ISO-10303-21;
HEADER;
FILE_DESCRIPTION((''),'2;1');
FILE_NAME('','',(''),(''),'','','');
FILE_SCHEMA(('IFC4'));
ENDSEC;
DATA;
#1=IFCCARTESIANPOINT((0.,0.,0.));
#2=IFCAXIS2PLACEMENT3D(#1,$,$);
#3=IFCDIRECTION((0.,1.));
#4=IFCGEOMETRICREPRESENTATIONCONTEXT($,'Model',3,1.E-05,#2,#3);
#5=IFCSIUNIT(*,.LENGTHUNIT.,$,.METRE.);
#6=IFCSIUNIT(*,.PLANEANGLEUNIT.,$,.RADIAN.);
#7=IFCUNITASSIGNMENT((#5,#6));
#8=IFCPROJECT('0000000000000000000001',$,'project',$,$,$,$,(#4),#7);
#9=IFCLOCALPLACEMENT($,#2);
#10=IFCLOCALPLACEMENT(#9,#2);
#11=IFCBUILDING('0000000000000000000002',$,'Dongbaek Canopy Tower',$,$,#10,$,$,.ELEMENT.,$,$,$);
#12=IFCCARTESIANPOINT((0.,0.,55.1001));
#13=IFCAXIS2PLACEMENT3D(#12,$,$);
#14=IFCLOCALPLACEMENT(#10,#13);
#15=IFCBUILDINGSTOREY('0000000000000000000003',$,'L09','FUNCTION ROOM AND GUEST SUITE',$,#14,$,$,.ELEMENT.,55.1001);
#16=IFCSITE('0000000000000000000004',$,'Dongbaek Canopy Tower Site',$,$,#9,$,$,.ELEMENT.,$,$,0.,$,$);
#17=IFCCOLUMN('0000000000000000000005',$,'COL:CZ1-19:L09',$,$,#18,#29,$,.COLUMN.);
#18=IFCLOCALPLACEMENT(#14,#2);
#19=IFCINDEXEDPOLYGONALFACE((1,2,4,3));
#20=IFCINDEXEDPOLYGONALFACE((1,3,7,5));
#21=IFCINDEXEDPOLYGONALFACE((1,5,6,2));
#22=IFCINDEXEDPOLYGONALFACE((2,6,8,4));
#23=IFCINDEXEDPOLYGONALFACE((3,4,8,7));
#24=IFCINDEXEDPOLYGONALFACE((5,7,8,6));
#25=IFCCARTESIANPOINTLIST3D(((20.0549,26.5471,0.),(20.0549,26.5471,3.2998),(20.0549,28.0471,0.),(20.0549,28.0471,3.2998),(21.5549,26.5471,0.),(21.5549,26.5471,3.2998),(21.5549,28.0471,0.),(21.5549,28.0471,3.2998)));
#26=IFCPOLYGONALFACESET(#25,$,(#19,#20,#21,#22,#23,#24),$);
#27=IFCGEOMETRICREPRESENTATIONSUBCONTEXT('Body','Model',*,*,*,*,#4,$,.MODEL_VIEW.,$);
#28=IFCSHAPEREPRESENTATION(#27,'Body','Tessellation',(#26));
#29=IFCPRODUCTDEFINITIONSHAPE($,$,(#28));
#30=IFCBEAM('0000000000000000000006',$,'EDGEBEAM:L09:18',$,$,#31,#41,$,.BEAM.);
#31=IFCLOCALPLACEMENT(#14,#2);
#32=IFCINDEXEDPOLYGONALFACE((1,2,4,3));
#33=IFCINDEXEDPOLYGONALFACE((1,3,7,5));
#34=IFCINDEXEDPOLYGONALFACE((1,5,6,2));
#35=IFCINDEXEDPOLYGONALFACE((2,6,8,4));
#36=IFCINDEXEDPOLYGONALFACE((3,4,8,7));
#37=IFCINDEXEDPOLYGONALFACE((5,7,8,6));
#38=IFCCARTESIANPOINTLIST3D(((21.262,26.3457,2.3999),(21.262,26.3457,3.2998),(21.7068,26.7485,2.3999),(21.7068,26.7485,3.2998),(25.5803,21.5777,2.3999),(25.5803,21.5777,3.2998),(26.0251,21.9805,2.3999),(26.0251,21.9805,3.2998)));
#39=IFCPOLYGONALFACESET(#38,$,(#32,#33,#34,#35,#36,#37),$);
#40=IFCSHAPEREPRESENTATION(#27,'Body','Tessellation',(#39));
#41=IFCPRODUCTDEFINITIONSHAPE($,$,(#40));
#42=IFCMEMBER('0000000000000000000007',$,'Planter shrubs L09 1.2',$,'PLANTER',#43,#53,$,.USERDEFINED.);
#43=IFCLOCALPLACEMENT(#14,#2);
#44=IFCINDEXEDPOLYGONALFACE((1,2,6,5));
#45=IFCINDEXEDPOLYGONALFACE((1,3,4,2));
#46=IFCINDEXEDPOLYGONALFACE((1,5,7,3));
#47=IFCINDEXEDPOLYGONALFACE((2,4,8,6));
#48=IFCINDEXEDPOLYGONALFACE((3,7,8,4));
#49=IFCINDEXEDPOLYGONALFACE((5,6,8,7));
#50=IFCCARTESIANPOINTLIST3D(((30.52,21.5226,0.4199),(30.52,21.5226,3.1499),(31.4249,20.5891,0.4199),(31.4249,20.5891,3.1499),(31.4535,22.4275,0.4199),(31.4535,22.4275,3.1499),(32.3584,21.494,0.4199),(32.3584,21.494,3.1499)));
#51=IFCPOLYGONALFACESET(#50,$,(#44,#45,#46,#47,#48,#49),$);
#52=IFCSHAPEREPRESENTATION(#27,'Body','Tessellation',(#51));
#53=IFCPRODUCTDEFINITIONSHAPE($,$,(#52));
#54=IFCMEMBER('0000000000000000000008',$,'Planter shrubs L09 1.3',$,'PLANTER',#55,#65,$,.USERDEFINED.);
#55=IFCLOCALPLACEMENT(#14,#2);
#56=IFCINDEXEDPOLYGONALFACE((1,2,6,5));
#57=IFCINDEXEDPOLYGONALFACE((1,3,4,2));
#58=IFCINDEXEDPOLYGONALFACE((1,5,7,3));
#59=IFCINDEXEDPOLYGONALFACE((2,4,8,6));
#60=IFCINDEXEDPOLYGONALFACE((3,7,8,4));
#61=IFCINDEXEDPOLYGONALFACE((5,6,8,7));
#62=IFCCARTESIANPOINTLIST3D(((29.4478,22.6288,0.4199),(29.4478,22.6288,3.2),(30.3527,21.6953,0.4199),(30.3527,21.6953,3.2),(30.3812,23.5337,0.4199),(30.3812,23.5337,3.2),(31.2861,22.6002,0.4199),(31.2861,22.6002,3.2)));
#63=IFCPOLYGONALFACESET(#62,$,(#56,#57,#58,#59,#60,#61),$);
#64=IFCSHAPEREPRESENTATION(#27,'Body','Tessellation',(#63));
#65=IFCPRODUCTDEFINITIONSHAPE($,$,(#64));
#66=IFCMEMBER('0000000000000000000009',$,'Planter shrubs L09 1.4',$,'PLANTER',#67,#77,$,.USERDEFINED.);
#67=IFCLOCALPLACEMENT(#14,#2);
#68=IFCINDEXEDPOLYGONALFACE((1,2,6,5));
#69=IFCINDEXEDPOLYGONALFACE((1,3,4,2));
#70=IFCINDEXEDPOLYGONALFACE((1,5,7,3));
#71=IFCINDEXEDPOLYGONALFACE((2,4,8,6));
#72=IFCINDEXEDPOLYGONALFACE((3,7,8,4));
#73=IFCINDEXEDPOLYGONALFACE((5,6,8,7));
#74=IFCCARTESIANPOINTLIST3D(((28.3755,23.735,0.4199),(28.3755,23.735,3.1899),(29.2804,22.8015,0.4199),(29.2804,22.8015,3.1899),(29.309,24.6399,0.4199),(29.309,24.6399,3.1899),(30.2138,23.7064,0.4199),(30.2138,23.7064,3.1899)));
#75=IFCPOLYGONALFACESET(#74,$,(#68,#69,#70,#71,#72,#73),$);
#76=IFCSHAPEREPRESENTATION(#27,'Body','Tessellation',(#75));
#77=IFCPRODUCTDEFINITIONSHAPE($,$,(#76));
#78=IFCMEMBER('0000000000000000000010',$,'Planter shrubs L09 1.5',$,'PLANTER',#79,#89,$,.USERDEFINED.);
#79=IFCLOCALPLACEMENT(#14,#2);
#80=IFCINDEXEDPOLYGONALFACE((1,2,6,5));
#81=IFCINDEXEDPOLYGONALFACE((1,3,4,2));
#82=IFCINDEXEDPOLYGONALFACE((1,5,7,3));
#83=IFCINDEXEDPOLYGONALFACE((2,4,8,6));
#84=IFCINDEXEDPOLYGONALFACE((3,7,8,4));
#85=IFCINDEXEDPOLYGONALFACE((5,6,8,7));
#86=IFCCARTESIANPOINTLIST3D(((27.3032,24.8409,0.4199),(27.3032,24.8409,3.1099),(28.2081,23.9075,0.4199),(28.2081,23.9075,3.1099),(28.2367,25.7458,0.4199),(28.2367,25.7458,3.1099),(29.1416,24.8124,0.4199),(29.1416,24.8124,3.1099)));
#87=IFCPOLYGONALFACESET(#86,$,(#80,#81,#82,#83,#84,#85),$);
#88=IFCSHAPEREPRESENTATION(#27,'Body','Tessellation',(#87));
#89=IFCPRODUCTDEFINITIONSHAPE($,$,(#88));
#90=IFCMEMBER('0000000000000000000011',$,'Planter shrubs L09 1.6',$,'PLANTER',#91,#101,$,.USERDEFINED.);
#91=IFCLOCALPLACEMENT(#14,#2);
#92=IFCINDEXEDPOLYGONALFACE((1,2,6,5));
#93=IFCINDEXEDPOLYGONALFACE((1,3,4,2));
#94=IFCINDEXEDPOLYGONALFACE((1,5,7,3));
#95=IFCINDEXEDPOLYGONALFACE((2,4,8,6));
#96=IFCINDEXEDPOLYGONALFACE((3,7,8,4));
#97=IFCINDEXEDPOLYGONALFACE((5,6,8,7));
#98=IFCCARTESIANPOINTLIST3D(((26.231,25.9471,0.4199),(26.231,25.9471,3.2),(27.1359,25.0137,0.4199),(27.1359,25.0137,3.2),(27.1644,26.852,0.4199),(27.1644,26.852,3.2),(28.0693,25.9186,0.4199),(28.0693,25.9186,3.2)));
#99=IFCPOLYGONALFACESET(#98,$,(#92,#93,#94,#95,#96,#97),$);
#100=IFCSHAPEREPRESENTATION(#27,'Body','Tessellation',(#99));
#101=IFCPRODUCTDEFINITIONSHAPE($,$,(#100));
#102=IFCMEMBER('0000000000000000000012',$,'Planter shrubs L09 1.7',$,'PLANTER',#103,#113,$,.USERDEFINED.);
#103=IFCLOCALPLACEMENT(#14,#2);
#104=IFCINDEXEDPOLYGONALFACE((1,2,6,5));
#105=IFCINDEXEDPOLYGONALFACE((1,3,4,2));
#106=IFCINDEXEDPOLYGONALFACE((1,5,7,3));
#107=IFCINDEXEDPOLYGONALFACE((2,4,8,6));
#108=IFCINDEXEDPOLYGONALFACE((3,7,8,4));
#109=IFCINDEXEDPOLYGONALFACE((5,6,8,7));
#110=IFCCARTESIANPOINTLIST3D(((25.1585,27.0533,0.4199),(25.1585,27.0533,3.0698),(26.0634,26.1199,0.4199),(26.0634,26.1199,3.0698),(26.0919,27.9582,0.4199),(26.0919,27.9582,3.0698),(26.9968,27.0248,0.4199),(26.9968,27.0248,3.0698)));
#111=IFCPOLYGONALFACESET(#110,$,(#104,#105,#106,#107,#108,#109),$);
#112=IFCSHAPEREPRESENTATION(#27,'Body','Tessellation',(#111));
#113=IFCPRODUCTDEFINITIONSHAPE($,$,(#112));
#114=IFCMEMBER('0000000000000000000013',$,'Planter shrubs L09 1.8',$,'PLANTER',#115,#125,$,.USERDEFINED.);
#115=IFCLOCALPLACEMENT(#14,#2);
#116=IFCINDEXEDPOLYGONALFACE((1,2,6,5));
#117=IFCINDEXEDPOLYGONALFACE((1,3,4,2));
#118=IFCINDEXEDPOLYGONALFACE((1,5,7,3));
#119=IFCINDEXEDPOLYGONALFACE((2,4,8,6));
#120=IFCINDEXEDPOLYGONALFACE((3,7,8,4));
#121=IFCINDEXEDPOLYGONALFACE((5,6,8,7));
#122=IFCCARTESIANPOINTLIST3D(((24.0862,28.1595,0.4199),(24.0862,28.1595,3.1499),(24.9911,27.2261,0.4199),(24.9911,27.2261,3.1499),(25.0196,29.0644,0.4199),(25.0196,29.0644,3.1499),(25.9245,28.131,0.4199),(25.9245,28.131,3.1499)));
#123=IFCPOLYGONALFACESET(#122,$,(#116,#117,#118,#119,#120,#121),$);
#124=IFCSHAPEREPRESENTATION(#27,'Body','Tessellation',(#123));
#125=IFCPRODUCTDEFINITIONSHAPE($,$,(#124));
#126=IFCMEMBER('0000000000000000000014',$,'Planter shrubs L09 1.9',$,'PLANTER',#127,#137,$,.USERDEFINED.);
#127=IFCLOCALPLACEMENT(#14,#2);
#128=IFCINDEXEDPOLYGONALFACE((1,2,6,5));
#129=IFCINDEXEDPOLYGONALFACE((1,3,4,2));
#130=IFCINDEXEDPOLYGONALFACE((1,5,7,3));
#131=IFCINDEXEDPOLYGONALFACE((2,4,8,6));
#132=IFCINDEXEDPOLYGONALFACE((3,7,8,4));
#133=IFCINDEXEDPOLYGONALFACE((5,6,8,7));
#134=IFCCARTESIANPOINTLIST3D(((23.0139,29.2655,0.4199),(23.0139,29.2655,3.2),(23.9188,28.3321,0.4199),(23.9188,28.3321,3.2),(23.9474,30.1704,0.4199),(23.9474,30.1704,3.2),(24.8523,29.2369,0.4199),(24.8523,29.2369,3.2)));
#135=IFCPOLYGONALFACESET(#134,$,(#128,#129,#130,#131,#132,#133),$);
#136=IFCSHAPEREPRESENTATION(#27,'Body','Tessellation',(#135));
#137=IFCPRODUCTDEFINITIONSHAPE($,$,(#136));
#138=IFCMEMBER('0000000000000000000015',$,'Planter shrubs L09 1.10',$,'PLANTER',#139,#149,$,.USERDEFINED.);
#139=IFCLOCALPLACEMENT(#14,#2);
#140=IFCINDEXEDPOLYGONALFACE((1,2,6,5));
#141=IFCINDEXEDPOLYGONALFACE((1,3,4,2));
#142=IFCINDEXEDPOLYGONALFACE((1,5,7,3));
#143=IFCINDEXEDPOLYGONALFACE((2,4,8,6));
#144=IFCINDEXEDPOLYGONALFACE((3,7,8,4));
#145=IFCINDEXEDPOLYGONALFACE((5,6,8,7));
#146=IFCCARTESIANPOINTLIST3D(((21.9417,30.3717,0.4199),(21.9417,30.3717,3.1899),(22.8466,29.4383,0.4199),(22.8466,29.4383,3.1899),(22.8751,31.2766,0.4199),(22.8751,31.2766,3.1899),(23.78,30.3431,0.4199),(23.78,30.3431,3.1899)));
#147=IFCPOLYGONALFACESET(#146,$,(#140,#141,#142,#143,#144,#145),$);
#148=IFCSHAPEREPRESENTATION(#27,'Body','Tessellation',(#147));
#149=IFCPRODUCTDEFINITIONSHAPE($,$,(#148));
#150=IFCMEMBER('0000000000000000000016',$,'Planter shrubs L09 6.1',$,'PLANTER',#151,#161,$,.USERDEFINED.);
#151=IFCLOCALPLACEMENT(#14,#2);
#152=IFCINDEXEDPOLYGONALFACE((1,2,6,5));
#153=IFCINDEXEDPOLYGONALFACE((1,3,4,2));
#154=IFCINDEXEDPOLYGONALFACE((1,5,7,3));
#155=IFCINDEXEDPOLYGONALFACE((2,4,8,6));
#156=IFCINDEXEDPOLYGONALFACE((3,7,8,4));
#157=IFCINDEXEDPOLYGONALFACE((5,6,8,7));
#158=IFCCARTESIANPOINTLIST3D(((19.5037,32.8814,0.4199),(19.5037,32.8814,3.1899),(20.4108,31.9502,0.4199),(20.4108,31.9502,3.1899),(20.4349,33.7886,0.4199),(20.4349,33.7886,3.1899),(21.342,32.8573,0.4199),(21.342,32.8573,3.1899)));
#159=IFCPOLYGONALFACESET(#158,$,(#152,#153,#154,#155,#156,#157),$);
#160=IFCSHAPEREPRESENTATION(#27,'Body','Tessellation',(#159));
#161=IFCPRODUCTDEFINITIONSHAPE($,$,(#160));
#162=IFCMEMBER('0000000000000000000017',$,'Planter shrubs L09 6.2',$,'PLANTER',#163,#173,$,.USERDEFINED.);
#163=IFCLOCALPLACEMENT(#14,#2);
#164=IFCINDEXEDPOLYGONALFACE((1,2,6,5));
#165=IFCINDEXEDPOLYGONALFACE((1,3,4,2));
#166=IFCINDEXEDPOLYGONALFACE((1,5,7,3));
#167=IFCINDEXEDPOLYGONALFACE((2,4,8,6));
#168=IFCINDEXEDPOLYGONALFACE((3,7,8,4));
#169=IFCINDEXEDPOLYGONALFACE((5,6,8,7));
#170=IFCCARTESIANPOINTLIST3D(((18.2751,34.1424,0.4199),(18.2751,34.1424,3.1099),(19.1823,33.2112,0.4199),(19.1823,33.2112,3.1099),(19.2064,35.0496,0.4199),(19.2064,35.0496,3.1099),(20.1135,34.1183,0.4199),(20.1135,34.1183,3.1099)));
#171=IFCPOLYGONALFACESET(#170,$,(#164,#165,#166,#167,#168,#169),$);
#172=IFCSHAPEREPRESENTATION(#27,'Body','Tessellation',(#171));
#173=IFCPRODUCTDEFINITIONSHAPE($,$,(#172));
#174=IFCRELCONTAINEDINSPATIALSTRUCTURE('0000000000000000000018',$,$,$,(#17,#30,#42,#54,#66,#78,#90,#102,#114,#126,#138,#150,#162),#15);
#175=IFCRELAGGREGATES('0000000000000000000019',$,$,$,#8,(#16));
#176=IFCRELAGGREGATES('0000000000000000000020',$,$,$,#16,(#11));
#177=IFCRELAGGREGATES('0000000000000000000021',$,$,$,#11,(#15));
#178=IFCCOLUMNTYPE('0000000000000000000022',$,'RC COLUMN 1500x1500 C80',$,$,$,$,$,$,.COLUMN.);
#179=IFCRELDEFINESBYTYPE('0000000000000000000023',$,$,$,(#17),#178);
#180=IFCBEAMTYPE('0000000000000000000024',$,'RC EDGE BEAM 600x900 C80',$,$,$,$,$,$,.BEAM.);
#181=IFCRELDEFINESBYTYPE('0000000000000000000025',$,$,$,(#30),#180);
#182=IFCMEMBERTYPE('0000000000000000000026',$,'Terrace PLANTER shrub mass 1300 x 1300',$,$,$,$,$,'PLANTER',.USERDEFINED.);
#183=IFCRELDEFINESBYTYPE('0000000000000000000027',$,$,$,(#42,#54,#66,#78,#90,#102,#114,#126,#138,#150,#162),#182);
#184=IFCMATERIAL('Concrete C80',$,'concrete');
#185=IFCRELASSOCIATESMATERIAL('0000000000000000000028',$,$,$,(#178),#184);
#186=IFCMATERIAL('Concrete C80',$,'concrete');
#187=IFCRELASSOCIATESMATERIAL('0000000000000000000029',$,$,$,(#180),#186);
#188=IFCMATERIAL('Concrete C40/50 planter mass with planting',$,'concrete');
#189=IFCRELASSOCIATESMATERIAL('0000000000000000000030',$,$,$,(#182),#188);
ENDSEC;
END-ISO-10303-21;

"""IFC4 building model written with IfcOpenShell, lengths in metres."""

from ifc_helpers import new_model, si_unit, direction, frame, origin, origin_2d, place, context, subcontext, project, spatial, rectangle, extrude, material, material_profile, profile_set, type_object, element, save


model = new_model("IFC4")

# Units and contexts
model_context = context("Model", 3, precision=1e-05, world=origin(), true_north=direction((0.0, 1.0)))
body_context = subcontext(model_context, "Body", "Model", "MODEL_VIEW")
ifc_project = project(units=[si_unit("LENGTHUNIT", "METRE"), si_unit("PLANEANGLEUNIT", "RADIAN")], contexts=[model_context])

# Site, building, storey
site_placement = place(None, origin())
site = spatial("IfcSite", under=ifc_project, at=site_placement, Name="Dongbaek Canopy Tower Site", CompositionType="ELEMENT", RefElevation=0.0)
building_placement = place(site_placement, origin())
building = spatial("IfcBuilding", under=site, at=building_placement, Name="Dongbaek Canopy Tower", CompositionType="ELEMENT")
storey_placement = place(building_placement, frame((0.0, 0.0, 55.1001)))
storey = spatial("IfcBuildingStorey", under=building, at=storey_placement, Name="L09", Description="FUNCTION ROOM AND GUEST SUITE", CompositionType="ELEMENT", Elevation=55.1001)

# Column
ifc_material_1 = material(Name="Concrete C80", Category="concrete")
ifc_material_profile_1 = material_profile(ifc_material_1, rectangle(XDim=1.5, YDim=1.5, at=origin_2d()), Name="RC COLUMN 1500x1500 C80")
ifc_profile_set_1 = profile_set([ifc_material_profile_1], Name="Concrete C80")
column_type = type_object("IfcColumnType", Name="RC COLUMN 1500x1500 C80", PredefinedType="COLUMN", material=ifc_profile_set_1)
column_placement = place(storey_placement, frame((20.8049, 27.2971, 0.0), z_axis=(0.0, 0.0, 1.0), x_axis=(1.0, 0.0, 0.0)))
element("IfcColumn", 1, at=column_placement, inside=storey, type_object=column_type, Name="COL:CZ1-19:L09", PredefinedType="COLUMN", context=body_context, shape_type="SweptSolid", body=[
    extrude(rectangle(XDim=1.5, YDim=1.5, at=origin_2d()), origin(), (0.0, 0.0, 1.0), 3.2998),
])

# Beam
ifc_material_2 = material(Name="Concrete C80", Category="concrete")
ifc_material_profile_2 = material_profile(ifc_material_2, rectangle(XDim=0.6001, YDim=0.8999, at=origin_2d()), Name="RC EDGE BEAM 600x900 C80")
ifc_profile_set_2 = profile_set([ifc_material_profile_2], Name="Concrete C80")
beam_type = type_object("IfcBeamType", Name="RC EDGE BEAM 600x900 C80", PredefinedType="BEAM", material=ifc_profile_set_2)
beam_placement = place(storey_placement, frame((21.4844, 26.5471, 2.8499), z_axis=(0.671289, -0.741196, 0.0), x_axis=(0.741196, 0.671289, 0.0)))
element("IfcBeam", 2, at=beam_placement, inside=storey, type_object=beam_type, Name="EDGEBEAM:L09:18", PredefinedType="BEAM", context=body_context, shape_type="SweptSolid", body=[
    extrude(rectangle(XDim=0.6001, YDim=0.8999, at=origin_2d()), origin(), (0.0, 0.0, 1.0), 6.4329),
])

# Members
ifc_material_3 = material(Name="Concrete C40/50 planter mass with planting", Category="concrete")
ifc_material_profile_3 = material_profile(ifc_material_3, rectangle(XDim=1.3, YDim=1.3, at=origin_2d()), Name="Terrace PLANTER shrub mass 1300 x 1300")
ifc_profile_set_3 = profile_set([ifc_material_profile_3], Name="Concrete C40/50 planter mass with planting")
member_type = type_object("IfcMemberType", Name="Terrace PLANTER shrub mass 1300 x 1300", ElementType="PLANTER", PredefinedType="USERDEFINED", material=ifc_profile_set_3)
member_1_placement = place(storey_placement, frame((31.4392, 21.5083, 0.4199), z_axis=(0.0, 0.0, 1.0), x_axis=(0.718004, 0.696039, 0.0)))
element("IfcMember", 3, at=member_1_placement, inside=storey, type_object=member_type, Name="Planter shrubs L09 1.2", ObjectType="PLANTER", PredefinedType="USERDEFINED", context=body_context, shape_type="SweptSolid", body=[
    extrude(rectangle(XDim=1.3, YDim=1.3, at=origin_2d()), origin(), (0.0, 0.0, 1.0), 2.73),
])
member_2_placement = place(storey_placement, frame((30.3669, 22.6145, 0.4199), z_axis=(0.0, 0.0, 1.0), x_axis=(0.718004, 0.696039, 0.0)))
element("IfcMember", 4, at=member_2_placement, inside=storey, type_object=member_type, Name="Planter shrubs L09 1.3", ObjectType="PLANTER", PredefinedType="USERDEFINED", context=body_context, shape_type="SweptSolid", body=[
    extrude(rectangle(XDim=1.3, YDim=1.3, at=origin_2d()), origin(), (0.0, 0.0, 1.0), 2.78),
])
member_3_placement = place(storey_placement, frame((29.2947, 23.7207, 0.4199), z_axis=(0.0, 0.0, 1.0), x_axis=(0.718004, 0.696039, 0.0)))
element("IfcMember", 5, at=member_3_placement, inside=storey, type_object=member_type, Name="Planter shrubs L09 1.4", ObjectType="PLANTER", PredefinedType="USERDEFINED", context=body_context, shape_type="SweptSolid", body=[
    extrude(rectangle(XDim=1.3, YDim=1.3, at=origin_2d()), origin(), (0.0, 0.0, 1.0), 2.77),
])
member_4_placement = place(storey_placement, frame((28.2224, 24.8267, 0.4199), z_axis=(0.0, 0.0, 1.0), x_axis=(0.718004, 0.696039, 0.0)))
element("IfcMember", 6, at=member_4_placement, inside=storey, type_object=member_type, Name="Planter shrubs L09 1.5", ObjectType="PLANTER", PredefinedType="USERDEFINED", context=body_context, shape_type="SweptSolid", body=[
    extrude(rectangle(XDim=1.3, YDim=1.3, at=origin_2d()), origin(), (0.0, 0.0, 1.0), 2.6899),
])
member_5_placement = place(storey_placement, frame((27.1501, 25.9329, 0.4199), z_axis=(0.0, 0.0, 1.0), x_axis=(0.718004, 0.696039, 0.0)))
element("IfcMember", 7, at=member_5_placement, inside=storey, type_object=member_type, Name="Planter shrubs L09 1.6", ObjectType="PLANTER", PredefinedType="USERDEFINED", context=body_context, shape_type="SweptSolid", body=[
    extrude(rectangle(XDim=1.3, YDim=1.3, at=origin_2d()), origin(), (0.0, 0.0, 1.0), 2.78),
])
member_6_placement = place(storey_placement, frame((26.0776, 27.0391, 0.4199), z_axis=(0.0, 0.0, 1.0), x_axis=(0.718004, 0.696039, 0.0)))
element("IfcMember", 8, at=member_6_placement, inside=storey, type_object=member_type, Name="Planter shrubs L09 1.7", ObjectType="PLANTER", PredefinedType="USERDEFINED", context=body_context, shape_type="SweptSolid", body=[
    extrude(rectangle(XDim=1.3, YDim=1.3, at=origin_2d()), origin(), (0.0, 0.0, 1.0), 2.6499),
])
member_7_placement = place(storey_placement, frame((25.0054, 28.1453, 0.4199), z_axis=(0.0, 0.0, 1.0), x_axis=(0.718004, 0.696039, 0.0)))
element("IfcMember", 9, at=member_7_placement, inside=storey, type_object=member_type, Name="Planter shrubs L09 1.8", ObjectType="PLANTER", PredefinedType="USERDEFINED", context=body_context, shape_type="SweptSolid", body=[
    extrude(rectangle(XDim=1.3, YDim=1.3, at=origin_2d()), origin(), (0.0, 0.0, 1.0), 2.73),
])
member_8_placement = place(storey_placement, frame((23.9331, 29.2512, 0.4199), z_axis=(0.0, 0.0, 1.0), x_axis=(0.718004, 0.696039, 0.0)))
element("IfcMember", 10, at=member_8_placement, inside=storey, type_object=member_type, Name="Planter shrubs L09 1.9", ObjectType="PLANTER", PredefinedType="USERDEFINED", context=body_context, shape_type="SweptSolid", body=[
    extrude(rectangle(XDim=1.3, YDim=1.3, at=origin_2d()), origin(), (0.0, 0.0, 1.0), 2.78),
])
for number, where, z_axis, x_axis, name in (
    (11, (22.8608, 30.3574, 0.4199), (0.0, 0.0, 1.0), (0.718004, 0.696039, 0.0), "Planter shrubs L09 1.10"),
    (12, (20.4229, 32.8694, 0.4199), (0.0, 0.0, 1.0), (0.716318, 0.697774, 0.0), "Planter shrubs L09 6.1"),
):
    element("IfcMember", number, at=place(storey_placement, frame(where, z_axis=z_axis, x_axis=x_axis)), inside=storey, type_object=member_type, Name=name, ObjectType="PLANTER", PredefinedType="USERDEFINED", context=body_context, shape_type="SweptSolid", body=[
        extrude(rectangle(XDim=1.3, YDim=1.3, at=origin_2d()), origin(), (0.0, 0.0, 1.0), 2.77),
    ])
member_9_placement = place(storey_placement, frame((19.1943, 34.1304, 0.4199), z_axis=(0.0, 0.0, 1.0), x_axis=(0.716318, 0.697774, 0.0)))
element("IfcMember", 13, at=member_9_placement, inside=storey, type_object=member_type, Name="Planter shrubs L09 6.2", ObjectType="PLANTER", PredefinedType="USERDEFINED", context=body_context, shape_type="SweptSolid", body=[
    extrude(rectangle(XDim=1.3, YDim=1.3, at=origin_2d()), origin(), (0.0, 0.0, 1.0), 2.6899),
])

save(model, "model.ifc")
